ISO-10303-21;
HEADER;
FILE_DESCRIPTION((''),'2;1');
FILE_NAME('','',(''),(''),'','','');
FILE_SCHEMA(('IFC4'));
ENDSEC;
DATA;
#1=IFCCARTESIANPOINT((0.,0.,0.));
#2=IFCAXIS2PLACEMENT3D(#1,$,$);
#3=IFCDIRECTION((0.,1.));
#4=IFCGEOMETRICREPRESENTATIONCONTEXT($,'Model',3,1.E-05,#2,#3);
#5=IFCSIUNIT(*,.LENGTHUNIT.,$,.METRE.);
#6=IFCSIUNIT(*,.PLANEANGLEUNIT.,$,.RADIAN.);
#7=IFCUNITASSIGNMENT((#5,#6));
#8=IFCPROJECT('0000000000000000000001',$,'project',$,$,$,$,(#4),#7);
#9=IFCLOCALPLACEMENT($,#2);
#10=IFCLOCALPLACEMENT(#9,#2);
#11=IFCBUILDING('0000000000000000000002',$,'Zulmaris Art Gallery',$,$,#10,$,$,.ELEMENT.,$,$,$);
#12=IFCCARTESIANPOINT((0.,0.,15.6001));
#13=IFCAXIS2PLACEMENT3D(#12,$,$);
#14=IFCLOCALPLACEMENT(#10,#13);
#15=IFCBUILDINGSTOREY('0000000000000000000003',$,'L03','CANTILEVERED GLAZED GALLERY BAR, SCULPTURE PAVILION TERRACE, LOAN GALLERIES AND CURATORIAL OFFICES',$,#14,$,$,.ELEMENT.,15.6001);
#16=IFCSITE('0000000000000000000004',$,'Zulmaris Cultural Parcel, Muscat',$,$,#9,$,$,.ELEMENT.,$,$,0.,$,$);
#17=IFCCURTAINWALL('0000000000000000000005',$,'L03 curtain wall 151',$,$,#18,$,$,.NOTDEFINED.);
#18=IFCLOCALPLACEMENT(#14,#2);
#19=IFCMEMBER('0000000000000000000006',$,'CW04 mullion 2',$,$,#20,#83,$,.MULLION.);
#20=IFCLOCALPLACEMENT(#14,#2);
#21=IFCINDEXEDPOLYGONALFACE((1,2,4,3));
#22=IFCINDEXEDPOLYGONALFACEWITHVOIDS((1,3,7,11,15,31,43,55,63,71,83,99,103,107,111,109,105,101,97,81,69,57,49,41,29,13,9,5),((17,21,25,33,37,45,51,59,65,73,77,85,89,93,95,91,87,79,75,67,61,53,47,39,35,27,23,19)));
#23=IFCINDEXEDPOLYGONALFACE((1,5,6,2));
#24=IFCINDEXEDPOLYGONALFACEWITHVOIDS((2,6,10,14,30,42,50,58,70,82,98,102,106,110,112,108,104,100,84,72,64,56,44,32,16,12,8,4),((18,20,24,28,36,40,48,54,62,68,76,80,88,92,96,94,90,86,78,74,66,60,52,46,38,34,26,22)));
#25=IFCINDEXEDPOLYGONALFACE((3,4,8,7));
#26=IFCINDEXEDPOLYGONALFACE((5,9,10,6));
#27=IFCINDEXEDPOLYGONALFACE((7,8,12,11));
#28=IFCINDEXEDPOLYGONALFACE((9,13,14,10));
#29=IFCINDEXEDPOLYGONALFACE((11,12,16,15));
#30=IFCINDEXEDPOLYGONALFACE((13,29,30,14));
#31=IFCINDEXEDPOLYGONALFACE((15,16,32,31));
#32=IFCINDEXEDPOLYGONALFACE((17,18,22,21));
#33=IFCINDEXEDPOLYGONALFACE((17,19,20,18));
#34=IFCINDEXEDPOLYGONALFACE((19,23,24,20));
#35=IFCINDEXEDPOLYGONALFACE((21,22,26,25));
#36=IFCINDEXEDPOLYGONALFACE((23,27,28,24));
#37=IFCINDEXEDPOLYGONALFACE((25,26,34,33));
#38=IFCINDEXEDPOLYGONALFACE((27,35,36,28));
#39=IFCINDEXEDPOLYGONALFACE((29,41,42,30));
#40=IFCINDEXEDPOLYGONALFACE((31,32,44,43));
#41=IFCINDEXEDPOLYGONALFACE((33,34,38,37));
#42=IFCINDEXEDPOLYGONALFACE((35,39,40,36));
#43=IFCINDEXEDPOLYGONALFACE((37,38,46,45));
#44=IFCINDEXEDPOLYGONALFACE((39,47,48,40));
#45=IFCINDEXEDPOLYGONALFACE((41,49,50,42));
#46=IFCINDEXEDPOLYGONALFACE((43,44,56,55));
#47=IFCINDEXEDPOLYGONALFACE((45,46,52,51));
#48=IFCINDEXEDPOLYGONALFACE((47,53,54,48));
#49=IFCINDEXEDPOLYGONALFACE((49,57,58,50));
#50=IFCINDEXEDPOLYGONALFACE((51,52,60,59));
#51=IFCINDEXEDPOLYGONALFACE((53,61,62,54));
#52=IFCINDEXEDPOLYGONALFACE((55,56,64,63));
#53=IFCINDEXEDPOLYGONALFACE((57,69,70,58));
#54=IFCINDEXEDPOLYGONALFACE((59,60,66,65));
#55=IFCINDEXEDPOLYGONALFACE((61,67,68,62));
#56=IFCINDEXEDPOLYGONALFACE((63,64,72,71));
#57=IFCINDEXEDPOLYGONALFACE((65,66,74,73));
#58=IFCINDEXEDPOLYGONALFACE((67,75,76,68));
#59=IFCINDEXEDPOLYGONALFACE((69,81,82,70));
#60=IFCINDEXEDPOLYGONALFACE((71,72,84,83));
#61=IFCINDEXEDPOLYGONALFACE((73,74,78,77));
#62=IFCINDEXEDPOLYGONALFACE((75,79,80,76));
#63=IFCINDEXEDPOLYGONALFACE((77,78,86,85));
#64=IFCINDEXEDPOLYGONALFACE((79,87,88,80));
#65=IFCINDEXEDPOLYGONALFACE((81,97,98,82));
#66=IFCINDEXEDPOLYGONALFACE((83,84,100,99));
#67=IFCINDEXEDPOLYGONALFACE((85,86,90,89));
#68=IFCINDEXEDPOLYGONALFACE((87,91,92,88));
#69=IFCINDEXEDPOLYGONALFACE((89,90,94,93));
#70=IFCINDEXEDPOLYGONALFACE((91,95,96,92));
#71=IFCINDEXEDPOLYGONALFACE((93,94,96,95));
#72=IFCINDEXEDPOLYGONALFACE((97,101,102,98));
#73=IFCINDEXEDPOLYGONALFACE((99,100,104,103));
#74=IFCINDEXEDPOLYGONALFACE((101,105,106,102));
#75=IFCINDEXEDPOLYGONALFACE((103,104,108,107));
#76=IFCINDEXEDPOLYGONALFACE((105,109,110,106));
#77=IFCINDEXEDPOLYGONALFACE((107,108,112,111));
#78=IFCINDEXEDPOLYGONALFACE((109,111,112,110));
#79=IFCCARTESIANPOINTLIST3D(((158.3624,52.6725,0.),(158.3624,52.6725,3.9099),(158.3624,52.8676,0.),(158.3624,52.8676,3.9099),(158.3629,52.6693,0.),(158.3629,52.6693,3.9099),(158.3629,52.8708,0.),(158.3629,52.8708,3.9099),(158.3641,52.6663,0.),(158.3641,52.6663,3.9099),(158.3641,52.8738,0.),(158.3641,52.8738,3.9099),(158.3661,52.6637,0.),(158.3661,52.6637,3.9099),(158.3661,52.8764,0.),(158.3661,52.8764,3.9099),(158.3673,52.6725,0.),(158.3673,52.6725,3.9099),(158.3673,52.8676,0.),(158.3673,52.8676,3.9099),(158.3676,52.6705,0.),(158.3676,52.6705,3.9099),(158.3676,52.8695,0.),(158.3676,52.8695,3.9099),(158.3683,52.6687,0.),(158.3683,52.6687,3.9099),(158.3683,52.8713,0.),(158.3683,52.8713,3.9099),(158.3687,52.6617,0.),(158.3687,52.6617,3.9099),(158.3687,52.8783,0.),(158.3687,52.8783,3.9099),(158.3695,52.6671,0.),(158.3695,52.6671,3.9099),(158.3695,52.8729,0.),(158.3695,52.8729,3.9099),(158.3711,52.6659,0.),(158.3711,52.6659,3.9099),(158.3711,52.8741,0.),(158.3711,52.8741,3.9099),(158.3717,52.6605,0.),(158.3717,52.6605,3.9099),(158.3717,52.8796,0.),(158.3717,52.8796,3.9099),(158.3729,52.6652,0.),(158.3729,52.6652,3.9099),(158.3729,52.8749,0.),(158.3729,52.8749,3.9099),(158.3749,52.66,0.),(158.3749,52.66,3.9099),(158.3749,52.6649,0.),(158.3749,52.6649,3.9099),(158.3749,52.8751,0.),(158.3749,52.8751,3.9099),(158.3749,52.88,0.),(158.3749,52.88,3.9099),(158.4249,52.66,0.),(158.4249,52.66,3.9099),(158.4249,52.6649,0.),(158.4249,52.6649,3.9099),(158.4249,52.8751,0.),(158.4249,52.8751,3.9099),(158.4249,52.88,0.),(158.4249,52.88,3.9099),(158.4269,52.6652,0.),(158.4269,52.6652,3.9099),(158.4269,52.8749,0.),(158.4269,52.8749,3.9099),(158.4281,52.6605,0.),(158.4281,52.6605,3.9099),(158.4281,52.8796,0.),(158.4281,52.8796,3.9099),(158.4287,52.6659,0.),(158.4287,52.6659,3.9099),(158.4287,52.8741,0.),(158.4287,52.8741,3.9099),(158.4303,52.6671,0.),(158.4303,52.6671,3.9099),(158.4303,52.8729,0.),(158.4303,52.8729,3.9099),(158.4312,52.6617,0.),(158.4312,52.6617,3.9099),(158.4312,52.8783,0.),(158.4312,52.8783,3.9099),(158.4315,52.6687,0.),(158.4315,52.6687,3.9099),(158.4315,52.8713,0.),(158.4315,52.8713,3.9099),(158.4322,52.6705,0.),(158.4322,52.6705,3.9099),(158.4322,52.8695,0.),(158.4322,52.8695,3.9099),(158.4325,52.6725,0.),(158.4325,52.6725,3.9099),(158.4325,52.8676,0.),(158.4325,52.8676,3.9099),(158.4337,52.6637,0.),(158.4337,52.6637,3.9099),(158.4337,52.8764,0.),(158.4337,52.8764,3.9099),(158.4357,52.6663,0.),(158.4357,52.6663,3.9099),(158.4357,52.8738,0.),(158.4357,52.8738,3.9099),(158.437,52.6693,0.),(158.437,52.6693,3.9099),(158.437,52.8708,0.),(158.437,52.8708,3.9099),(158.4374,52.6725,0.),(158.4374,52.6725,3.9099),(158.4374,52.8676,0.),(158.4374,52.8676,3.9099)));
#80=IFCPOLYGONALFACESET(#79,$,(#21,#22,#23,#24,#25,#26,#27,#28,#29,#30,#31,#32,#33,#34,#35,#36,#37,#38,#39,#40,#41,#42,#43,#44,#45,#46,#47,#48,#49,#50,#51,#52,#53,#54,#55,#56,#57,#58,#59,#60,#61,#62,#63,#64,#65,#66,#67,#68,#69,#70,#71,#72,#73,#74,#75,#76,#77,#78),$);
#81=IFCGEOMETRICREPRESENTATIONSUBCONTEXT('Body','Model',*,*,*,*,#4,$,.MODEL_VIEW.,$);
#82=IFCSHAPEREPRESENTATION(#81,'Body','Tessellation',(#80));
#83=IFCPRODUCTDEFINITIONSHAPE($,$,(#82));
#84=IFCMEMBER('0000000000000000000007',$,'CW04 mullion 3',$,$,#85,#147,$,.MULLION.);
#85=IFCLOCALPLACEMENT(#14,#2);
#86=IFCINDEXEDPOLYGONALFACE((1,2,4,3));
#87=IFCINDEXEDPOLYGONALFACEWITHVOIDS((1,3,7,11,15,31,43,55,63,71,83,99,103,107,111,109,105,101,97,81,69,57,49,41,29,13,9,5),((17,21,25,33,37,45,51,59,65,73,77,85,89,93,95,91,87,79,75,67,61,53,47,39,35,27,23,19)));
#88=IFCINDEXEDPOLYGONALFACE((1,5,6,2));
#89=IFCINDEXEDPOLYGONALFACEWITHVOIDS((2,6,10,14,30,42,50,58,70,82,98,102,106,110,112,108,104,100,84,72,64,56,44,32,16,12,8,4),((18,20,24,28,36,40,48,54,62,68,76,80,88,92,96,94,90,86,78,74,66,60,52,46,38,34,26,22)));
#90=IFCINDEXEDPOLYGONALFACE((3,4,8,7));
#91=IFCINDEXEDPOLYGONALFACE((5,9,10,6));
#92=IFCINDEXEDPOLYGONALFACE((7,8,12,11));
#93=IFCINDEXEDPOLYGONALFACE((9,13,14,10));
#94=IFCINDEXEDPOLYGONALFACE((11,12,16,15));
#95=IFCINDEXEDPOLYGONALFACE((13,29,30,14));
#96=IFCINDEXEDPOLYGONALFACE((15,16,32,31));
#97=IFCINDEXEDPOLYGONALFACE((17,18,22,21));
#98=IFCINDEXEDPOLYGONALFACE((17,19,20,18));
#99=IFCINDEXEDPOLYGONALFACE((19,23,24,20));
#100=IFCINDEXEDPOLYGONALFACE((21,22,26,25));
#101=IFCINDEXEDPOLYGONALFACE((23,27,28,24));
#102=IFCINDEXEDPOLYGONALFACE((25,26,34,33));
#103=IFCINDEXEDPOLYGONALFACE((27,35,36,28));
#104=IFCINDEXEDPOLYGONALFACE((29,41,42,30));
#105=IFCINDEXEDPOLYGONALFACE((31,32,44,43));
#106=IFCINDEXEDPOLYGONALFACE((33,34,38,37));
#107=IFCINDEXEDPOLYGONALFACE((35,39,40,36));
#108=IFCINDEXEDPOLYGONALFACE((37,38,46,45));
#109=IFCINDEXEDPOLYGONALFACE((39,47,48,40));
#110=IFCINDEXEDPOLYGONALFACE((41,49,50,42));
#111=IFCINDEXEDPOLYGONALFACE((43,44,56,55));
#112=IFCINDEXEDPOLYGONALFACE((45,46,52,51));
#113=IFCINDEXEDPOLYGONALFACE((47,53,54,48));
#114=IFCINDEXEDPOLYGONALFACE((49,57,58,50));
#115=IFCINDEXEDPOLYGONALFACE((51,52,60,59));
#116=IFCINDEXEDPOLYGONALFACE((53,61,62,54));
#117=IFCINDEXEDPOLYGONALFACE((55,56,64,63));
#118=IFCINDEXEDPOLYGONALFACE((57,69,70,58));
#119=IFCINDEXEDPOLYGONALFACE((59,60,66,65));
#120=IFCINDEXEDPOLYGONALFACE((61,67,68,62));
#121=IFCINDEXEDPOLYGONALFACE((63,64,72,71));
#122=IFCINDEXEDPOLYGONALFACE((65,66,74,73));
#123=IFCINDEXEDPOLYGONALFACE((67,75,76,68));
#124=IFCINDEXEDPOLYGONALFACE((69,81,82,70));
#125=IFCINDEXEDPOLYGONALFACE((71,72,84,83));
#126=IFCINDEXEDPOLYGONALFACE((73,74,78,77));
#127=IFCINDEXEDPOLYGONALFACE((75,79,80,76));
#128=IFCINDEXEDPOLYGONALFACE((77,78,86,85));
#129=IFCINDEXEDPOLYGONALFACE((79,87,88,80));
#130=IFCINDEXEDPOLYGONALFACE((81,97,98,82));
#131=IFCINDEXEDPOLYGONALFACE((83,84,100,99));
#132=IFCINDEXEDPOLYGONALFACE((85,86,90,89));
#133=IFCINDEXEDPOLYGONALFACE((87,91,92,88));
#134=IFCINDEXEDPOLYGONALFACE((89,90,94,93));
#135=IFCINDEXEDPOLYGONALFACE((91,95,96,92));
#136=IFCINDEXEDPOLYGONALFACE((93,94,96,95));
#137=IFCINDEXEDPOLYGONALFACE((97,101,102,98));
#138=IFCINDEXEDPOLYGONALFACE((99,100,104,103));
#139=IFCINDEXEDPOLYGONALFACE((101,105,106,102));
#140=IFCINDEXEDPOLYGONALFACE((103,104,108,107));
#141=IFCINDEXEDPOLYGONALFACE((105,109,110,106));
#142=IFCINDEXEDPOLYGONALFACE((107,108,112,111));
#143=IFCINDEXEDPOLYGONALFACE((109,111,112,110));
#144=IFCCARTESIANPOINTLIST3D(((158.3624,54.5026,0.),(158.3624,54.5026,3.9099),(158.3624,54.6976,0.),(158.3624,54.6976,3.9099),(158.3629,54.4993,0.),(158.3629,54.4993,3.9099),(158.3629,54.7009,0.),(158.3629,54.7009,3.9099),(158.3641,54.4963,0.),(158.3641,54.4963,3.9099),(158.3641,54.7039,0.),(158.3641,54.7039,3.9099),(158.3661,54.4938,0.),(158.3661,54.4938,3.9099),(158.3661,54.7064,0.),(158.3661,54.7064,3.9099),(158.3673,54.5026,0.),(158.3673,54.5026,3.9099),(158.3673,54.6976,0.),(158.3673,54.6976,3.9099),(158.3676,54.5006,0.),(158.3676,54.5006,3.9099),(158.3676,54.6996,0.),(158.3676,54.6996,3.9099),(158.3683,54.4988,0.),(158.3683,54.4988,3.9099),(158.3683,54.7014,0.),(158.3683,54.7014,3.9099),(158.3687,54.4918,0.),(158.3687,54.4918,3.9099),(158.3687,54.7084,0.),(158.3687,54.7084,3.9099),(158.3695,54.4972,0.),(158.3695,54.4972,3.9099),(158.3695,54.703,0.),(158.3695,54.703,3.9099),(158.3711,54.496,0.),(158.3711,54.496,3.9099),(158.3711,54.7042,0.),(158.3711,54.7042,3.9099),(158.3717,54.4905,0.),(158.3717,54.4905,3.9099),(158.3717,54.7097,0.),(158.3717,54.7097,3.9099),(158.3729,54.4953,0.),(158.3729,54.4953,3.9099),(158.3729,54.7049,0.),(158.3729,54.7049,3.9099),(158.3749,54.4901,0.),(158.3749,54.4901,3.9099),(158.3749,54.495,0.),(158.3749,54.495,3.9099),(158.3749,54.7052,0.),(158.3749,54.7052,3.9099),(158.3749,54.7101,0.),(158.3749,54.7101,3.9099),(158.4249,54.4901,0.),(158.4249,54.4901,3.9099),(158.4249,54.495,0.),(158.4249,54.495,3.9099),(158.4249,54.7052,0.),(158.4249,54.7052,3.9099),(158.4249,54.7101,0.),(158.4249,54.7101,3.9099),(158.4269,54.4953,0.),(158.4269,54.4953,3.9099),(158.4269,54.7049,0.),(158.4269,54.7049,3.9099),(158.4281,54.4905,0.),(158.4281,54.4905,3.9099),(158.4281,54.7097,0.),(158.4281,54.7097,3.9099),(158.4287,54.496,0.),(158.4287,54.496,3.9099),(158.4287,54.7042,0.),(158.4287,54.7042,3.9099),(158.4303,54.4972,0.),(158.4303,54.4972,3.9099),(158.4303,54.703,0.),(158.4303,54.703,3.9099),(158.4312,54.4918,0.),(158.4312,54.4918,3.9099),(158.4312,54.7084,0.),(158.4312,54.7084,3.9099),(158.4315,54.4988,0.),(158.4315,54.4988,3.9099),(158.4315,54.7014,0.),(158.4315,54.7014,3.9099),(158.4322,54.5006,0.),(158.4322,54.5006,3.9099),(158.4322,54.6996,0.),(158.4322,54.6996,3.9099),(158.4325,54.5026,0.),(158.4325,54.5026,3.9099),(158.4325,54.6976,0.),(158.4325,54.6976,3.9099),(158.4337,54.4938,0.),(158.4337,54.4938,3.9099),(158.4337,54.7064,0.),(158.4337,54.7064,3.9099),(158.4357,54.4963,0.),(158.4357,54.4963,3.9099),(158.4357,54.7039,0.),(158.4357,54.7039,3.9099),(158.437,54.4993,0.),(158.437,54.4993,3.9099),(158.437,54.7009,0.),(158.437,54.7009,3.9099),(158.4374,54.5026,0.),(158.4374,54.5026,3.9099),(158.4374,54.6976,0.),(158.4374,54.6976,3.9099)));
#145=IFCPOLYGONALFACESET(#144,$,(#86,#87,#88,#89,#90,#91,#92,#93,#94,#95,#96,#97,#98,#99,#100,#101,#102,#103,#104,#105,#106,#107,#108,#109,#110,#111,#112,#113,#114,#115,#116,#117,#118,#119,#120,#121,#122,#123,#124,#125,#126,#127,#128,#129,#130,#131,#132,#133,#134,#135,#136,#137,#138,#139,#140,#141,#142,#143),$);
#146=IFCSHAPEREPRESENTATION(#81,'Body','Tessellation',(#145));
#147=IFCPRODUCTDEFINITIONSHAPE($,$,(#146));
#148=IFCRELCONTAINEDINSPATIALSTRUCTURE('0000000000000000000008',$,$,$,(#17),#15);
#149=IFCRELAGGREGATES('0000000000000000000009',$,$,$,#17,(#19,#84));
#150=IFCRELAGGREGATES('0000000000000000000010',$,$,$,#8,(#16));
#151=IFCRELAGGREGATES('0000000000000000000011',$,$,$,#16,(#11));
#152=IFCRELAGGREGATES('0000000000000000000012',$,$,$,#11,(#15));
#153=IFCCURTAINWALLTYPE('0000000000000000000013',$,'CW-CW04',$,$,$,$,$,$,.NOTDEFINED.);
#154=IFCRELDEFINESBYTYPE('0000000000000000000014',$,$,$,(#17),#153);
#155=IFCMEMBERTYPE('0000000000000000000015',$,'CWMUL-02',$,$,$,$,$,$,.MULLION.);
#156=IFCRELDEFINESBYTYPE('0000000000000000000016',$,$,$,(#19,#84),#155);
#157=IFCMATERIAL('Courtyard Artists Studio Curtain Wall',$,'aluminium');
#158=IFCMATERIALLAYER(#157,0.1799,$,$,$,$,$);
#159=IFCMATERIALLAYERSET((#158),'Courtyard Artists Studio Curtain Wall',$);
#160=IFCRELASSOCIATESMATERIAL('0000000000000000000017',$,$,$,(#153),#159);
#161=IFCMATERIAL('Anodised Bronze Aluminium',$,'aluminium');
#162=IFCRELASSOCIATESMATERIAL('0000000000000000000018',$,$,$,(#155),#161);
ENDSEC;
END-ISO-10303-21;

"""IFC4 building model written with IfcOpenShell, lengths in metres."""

from ifc_helpers import new_model, si_unit, direction, frame, origin, origin_2d, place, context, subcontext, project, spatial, hollow_rectangle, extrude, material, layer, layer_set, material_profile, profile_set, type_object, element, aggregate, save


model = new_model("IFC4")

# Units and contexts
model_context = context("Model", 3, precision=1e-05, world=origin(), true_north=direction((0.0, 1.0)))
body_context = subcontext(model_context, "Body", "Model", "MODEL_VIEW")
ifc_project = project(units=[si_unit("LENGTHUNIT", "METRE"), si_unit("PLANEANGLEUNIT", "RADIAN")], contexts=[model_context])

# Site, building, storey
site_placement = place(None, origin())
site = spatial("IfcSite", under=ifc_project, at=site_placement, Name="Zulmaris Cultural Parcel, Muscat", CompositionType="ELEMENT", RefElevation=0.0)
building_placement = place(site_placement, origin())
building = spatial("IfcBuilding", under=site, at=building_placement, Name="Zulmaris Art Gallery", CompositionType="ELEMENT")
storey_placement = place(building_placement, frame((0.0, 0.0, 15.6001)))
storey = spatial("IfcBuildingStorey", under=building, at=storey_placement, Name="L03", Description="CANTILEVERED GLAZED GALLERY BAR, SCULPTURE PAVILION TERRACE, LOAN GALLERIES AND CURATORIAL OFFICES", CompositionType="ELEMENT", Elevation=15.6001)

# Curtain wall, members
ifc_material_1 = material(Name="Courtyard Artists Studio Curtain Wall", Category="aluminium")
ifc_layer_1 = layer(ifc_material_1, 0.1799)
ifc_layer_set_1 = layer_set([ifc_layer_1], Name="Courtyard Artists Studio Curtain Wall")
curtain_wall_type = type_object("IfcCurtainWallType", Name="CW-CW04", PredefinedType="NOTDEFINED", material=ifc_layer_set_1)
ifc_material_2 = material(Name="Anodised Bronze Aluminium", Category="aluminium")
ifc_material_profile_1 = material_profile(ifc_material_2, hollow_rectangle(XDim=0.075, YDim=0.22, WallThickness=0.0049, InnerFilletRadius=0.0076, OuterFilletRadius=0.0125, at=origin_2d()), Name="ALU 75x220x5")
ifc_profile_set_1 = profile_set([ifc_material_profile_1], Name="Anodised Bronze Aluminium")
member_type_1 = type_object("IfcMemberType", Name="CWMUL-02", PredefinedType="MULLION", material=ifc_profile_set_1)
curtain_wall_1_placement = place(storey_placement, origin())
curtain_wall_1 = element("IfcCurtainWall", 1, at=curtain_wall_1_placement, inside=storey, type_object=curtain_wall_type, Name="L03 curtain wall 151", PredefinedType="NOTDEFINED")
member_1_placement = place(storey_placement, frame((158.3999, 52.77, 0.0), z_axis=(0.0, 0.0, 1.0), x_axis=(-1.0, 0.0, 0.0)))
member_1 = element("IfcMember", 2, at=member_1_placement, type_object=member_type_1, Name="CW04 mullion 2", PredefinedType="MULLION", context=body_context, shape_type="SweptSolid", body=[
    extrude(hollow_rectangle(XDim=0.075, YDim=0.22, WallThickness=0.0049, InnerFilletRadius=0.0076, OuterFilletRadius=0.0125, at=origin_2d()), origin(), (0.0, 0.0, 1.0), 3.9099),
])
member_2_placement = place(storey_placement, frame((158.3999, 54.6001, 0.0), z_axis=(0.0, 0.0, 1.0), x_axis=(-1.0, 0.0, 0.0)))
member_2 = element("IfcMember", 3, at=member_2_placement, type_object=member_type_1, Name="CW04 mullion 3", PredefinedType="MULLION", context=body_context, shape_type="SweptSolid", body=[
    extrude(hollow_rectangle(XDim=0.075, YDim=0.22, WallThickness=0.0049, InnerFilletRadius=0.0076, OuterFilletRadius=0.0125, at=origin_2d()), origin(), (0.0, 0.0, 1.0), 3.9099),
])

aggregate(curtain_wall_1, [member_1, member_2])

save(model, "model.ifc")
